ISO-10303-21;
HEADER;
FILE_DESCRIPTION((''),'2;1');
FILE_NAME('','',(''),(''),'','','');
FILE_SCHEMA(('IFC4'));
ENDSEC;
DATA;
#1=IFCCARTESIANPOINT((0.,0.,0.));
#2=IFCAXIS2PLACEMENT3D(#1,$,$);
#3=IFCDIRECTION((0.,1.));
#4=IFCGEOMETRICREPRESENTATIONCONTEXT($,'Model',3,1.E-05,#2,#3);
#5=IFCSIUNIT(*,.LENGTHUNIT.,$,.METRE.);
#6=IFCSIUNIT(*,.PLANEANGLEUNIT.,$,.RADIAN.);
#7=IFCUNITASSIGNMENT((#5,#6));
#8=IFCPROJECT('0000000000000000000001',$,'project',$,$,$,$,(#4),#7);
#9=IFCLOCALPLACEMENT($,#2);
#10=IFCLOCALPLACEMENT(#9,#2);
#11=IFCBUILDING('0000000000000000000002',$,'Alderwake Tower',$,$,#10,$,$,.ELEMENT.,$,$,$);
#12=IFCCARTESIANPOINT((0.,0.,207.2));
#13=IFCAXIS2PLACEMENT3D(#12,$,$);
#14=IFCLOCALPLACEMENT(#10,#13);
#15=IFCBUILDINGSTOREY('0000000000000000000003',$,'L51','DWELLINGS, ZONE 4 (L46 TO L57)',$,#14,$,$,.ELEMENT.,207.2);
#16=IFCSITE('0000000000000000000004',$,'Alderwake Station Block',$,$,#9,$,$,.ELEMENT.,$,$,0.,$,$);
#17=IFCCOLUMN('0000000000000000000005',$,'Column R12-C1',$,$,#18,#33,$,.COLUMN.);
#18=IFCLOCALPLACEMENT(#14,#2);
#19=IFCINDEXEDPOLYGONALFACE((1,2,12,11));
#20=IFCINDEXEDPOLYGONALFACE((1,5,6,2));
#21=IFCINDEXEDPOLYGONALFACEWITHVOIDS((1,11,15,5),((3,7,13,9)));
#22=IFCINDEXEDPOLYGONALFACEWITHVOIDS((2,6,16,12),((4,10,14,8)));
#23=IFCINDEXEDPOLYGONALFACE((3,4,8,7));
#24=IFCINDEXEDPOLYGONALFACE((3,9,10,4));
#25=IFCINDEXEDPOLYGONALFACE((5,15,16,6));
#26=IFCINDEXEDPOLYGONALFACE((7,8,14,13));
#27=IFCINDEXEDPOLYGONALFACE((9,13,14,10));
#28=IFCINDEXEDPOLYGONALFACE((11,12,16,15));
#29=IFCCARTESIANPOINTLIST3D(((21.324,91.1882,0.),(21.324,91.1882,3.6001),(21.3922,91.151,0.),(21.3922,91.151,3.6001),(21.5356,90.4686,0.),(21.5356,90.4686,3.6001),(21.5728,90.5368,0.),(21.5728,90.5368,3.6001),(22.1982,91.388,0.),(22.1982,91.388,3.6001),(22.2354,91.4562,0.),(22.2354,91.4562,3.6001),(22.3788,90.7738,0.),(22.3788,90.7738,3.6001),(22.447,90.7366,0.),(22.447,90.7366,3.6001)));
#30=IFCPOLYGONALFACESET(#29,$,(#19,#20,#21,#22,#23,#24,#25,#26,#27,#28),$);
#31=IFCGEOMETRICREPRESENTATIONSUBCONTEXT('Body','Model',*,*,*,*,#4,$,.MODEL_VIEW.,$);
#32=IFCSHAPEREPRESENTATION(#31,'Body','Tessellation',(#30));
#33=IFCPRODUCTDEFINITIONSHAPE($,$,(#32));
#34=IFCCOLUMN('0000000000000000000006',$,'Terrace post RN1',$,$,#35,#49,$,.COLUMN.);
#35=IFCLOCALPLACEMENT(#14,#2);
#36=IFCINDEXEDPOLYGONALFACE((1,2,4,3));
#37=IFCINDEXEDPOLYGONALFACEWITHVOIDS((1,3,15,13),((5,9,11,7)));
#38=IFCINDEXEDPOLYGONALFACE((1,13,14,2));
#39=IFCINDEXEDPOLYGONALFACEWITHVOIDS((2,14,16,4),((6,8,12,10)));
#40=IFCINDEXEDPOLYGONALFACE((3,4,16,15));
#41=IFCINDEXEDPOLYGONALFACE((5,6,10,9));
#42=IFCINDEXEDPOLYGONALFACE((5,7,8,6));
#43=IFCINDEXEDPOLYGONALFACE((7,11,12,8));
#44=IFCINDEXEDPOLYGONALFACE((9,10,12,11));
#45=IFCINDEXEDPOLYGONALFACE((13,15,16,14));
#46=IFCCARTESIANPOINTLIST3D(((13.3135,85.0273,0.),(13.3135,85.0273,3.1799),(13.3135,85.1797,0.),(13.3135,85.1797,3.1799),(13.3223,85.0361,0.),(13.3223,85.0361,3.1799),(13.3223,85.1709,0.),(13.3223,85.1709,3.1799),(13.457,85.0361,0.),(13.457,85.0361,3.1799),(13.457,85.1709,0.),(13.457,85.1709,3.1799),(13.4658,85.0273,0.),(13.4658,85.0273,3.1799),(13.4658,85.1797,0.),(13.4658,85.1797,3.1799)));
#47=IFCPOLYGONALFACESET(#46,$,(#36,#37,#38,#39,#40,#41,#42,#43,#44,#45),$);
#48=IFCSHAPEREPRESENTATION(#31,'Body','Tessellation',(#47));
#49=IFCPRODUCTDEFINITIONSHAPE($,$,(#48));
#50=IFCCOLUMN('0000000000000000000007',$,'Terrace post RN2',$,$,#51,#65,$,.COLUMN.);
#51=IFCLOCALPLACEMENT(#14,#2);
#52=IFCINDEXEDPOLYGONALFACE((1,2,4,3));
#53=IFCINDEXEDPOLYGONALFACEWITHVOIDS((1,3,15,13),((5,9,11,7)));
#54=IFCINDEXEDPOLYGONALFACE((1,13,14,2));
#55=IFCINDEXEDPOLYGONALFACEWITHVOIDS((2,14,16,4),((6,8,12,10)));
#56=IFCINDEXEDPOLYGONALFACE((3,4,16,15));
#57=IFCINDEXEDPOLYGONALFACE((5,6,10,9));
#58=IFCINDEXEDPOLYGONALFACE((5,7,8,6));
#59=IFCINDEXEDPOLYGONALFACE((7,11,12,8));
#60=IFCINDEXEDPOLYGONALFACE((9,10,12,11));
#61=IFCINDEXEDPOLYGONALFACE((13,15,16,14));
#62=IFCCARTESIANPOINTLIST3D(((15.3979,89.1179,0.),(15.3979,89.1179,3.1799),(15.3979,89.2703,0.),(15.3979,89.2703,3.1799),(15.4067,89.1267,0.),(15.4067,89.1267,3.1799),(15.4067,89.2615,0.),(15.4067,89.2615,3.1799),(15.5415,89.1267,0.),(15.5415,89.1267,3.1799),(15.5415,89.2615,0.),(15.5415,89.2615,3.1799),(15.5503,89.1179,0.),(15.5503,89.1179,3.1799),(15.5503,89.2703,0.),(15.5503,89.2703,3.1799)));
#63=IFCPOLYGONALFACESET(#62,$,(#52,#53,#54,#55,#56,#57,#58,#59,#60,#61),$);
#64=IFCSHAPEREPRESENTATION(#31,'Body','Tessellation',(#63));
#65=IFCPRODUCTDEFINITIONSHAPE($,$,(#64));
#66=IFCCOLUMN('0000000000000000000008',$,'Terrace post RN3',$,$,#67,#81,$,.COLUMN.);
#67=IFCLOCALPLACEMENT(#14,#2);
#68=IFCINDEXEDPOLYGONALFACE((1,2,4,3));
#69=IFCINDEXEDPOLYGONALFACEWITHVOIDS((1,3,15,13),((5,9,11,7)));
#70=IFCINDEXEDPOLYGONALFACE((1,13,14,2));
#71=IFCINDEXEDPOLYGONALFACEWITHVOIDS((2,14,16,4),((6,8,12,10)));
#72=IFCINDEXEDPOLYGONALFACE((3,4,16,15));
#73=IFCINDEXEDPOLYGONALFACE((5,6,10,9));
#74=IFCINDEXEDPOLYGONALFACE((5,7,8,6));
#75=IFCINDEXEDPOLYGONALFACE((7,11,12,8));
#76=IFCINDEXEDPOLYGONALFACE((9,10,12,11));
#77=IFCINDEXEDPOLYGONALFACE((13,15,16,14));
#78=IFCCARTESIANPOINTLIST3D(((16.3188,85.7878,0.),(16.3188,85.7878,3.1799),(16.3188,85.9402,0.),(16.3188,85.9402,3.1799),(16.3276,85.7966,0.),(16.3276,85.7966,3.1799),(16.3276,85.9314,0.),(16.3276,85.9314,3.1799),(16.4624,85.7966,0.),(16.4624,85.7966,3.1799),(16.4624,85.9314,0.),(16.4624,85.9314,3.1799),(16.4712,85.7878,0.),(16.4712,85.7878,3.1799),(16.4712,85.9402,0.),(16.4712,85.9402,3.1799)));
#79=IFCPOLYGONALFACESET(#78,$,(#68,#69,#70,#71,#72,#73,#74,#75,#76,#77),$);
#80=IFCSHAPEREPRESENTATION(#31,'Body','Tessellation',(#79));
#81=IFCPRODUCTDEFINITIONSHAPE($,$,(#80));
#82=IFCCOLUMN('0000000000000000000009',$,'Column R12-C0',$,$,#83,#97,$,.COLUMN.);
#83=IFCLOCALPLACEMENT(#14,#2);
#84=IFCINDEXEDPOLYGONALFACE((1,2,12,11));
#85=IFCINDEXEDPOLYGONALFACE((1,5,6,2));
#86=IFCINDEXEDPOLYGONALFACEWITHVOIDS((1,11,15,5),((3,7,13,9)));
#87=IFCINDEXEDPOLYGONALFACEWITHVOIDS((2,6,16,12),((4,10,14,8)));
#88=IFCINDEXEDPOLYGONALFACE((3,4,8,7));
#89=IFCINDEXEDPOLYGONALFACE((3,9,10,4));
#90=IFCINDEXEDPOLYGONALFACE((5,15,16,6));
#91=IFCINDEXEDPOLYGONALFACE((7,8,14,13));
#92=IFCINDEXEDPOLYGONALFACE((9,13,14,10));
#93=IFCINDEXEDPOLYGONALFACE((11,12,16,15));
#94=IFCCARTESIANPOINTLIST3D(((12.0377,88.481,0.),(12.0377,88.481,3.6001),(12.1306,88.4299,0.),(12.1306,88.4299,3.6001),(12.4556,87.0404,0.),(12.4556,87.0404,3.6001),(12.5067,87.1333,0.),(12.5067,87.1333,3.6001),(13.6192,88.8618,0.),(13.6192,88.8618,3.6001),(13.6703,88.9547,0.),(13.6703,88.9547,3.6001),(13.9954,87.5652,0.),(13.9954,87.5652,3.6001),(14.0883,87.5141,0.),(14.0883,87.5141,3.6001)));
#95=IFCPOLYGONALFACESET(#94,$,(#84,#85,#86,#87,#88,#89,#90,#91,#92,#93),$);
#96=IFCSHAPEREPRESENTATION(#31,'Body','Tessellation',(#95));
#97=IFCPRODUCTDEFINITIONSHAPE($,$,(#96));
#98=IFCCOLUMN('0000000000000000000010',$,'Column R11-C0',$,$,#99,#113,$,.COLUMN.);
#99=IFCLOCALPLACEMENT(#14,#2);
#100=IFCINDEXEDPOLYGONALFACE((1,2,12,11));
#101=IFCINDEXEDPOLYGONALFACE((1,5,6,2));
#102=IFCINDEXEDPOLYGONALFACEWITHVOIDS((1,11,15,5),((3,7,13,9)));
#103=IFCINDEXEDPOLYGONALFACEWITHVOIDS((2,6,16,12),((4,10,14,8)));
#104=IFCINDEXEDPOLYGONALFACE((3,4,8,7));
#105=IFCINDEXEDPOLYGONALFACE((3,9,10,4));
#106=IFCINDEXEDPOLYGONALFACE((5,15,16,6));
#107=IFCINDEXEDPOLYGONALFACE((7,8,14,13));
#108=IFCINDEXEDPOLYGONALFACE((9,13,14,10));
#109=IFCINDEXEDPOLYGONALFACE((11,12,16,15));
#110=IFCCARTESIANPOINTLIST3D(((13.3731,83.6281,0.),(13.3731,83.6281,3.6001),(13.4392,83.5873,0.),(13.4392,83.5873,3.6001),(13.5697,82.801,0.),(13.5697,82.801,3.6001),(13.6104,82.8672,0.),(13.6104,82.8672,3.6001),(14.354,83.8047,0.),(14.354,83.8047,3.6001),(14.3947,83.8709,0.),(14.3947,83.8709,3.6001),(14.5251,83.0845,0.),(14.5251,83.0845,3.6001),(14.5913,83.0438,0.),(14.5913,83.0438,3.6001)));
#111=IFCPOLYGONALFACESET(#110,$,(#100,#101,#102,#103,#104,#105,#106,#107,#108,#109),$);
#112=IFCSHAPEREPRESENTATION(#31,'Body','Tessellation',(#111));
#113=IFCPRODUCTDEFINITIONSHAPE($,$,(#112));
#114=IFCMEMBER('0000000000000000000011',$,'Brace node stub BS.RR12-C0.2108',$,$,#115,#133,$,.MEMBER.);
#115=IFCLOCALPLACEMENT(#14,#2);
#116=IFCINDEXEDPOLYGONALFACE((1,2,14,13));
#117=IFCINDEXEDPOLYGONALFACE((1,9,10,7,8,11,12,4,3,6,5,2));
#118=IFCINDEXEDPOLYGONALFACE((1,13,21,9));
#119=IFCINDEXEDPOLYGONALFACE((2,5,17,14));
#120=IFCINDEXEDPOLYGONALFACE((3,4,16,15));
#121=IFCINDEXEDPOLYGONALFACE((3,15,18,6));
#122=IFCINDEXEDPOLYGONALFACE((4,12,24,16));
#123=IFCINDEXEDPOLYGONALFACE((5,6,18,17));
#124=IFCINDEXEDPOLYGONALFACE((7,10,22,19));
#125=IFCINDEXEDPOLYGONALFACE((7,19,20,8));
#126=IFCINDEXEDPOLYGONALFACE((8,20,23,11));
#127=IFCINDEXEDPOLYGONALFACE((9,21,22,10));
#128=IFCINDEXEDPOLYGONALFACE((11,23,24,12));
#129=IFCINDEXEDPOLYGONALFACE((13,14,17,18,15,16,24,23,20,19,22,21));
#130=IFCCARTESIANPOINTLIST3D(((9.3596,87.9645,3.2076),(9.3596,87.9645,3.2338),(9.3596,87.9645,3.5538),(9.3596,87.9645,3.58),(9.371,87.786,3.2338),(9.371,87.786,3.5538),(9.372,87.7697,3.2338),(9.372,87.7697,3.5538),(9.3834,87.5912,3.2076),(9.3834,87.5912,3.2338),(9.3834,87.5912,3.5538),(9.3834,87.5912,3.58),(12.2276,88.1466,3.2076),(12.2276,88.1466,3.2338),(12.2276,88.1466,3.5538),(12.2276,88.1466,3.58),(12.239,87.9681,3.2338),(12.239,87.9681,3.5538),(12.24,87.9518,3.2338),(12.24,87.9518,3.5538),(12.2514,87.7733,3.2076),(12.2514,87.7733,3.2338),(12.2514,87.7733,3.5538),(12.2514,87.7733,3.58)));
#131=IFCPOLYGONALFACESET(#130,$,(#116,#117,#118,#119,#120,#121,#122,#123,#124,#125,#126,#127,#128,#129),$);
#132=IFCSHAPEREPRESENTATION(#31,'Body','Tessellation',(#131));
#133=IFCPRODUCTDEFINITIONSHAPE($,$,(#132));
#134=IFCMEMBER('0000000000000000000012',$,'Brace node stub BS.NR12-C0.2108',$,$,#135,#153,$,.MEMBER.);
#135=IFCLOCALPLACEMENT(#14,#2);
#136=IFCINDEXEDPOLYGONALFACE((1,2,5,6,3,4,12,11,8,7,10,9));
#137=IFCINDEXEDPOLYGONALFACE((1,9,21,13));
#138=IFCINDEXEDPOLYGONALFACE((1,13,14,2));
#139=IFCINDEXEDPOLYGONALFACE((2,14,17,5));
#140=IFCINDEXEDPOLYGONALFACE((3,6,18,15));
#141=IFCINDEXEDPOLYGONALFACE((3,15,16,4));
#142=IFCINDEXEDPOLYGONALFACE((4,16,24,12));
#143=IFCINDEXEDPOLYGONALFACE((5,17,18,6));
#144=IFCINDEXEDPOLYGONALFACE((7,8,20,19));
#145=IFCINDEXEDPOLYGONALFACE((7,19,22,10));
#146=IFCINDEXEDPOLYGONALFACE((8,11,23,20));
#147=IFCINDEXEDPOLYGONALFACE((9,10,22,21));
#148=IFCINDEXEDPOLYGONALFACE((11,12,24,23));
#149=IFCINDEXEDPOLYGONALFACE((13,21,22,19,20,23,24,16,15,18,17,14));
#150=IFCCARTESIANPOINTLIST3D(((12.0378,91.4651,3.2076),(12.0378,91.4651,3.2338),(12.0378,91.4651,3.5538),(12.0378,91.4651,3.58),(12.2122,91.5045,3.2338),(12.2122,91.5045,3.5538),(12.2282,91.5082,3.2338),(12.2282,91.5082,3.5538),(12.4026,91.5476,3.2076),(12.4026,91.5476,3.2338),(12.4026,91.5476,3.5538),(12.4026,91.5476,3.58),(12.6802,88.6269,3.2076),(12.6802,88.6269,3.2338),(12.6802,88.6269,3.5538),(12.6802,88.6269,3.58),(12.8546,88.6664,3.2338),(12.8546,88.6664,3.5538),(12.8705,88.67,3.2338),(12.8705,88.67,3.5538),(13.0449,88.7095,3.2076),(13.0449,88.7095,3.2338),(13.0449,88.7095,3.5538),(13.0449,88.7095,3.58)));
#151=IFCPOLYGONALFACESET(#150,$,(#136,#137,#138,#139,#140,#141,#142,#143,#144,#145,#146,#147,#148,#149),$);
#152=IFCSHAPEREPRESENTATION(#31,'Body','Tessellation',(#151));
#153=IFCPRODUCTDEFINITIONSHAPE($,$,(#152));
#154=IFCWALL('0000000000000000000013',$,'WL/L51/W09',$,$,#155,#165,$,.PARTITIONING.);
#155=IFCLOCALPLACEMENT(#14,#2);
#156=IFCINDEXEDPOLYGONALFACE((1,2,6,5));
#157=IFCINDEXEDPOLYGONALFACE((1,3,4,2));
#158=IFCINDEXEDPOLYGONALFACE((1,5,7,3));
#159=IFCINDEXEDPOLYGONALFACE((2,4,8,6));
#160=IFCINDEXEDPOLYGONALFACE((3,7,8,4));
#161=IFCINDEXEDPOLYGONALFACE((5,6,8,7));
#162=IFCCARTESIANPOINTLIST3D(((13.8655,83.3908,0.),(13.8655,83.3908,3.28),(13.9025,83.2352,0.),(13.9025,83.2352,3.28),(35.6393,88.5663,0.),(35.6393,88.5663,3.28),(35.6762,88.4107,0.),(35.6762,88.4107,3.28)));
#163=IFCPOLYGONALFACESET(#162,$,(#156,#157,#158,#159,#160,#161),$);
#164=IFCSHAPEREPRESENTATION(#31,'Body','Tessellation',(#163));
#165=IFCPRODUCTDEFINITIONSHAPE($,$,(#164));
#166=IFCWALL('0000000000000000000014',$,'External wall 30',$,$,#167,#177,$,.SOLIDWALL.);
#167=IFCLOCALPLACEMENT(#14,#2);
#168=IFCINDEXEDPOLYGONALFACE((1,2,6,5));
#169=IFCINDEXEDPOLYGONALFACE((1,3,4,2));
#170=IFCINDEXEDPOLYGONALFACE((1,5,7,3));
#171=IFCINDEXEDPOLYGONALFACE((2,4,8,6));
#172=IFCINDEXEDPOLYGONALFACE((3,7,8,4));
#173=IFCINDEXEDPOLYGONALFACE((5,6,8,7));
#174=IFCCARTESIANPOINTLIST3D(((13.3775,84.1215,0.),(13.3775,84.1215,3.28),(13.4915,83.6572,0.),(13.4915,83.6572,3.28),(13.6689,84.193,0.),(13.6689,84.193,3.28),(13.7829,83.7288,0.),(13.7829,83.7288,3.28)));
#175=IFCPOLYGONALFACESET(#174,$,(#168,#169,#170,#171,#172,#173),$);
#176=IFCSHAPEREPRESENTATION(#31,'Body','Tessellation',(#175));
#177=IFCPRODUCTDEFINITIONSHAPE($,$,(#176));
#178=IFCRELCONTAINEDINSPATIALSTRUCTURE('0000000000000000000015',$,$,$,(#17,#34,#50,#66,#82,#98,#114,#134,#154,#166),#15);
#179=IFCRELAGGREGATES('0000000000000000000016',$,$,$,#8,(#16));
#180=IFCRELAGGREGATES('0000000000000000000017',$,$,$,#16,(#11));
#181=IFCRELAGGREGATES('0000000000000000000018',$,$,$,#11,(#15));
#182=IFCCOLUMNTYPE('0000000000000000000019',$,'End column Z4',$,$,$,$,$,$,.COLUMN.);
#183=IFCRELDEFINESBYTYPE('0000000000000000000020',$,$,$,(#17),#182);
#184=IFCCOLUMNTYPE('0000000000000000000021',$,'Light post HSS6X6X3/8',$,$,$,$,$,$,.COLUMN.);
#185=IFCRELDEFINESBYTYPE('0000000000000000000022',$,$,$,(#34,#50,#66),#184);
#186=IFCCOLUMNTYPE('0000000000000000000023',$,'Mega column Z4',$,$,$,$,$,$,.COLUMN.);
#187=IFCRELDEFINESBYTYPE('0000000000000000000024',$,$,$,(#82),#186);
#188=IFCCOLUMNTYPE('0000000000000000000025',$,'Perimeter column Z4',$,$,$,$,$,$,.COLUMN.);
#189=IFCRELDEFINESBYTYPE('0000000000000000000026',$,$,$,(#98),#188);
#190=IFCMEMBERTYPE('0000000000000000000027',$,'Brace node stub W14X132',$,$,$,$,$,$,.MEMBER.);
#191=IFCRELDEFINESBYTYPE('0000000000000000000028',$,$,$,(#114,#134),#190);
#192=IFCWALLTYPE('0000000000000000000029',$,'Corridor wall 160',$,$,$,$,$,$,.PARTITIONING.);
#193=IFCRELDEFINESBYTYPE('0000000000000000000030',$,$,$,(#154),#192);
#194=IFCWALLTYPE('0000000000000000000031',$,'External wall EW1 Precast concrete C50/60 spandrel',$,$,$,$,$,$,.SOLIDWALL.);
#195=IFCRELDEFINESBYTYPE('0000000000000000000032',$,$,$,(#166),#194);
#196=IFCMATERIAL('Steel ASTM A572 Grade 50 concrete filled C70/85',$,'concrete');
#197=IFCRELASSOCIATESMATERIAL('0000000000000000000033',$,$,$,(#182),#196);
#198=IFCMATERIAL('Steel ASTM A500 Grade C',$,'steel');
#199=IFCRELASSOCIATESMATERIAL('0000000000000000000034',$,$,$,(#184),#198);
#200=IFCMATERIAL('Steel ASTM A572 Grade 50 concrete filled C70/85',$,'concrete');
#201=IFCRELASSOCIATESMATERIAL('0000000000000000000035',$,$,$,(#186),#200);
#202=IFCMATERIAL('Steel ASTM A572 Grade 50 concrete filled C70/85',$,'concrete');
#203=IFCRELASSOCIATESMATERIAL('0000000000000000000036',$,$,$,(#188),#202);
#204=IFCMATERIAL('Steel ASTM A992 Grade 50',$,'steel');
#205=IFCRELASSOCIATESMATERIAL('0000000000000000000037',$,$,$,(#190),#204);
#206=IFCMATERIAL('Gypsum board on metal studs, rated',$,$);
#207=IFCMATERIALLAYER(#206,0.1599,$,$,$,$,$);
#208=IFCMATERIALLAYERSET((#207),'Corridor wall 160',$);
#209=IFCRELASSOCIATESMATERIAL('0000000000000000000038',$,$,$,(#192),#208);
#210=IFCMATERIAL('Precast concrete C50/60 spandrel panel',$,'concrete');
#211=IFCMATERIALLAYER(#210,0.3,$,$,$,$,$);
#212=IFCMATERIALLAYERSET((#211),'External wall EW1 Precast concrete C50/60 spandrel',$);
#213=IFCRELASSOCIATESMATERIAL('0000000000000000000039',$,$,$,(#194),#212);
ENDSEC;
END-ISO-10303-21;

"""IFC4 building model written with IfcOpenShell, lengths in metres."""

from ifc_helpers import new_model, si_unit, direction, frame, frame_2d, origin, origin_2d, place, context, subcontext, project, spatial, rectangle, hollow_rectangle, i_section, extrude, material, layer, layer_set, material_profile, profile_set, type_object, element, save


model = new_model("IFC4")

# Units and contexts
model_context = context("Model", 3, precision=1e-05, world=origin(), true_north=direction((0.0, 1.0)))
body_context = subcontext(model_context, "Body", "Model", "MODEL_VIEW")
ifc_project = project(units=[si_unit("LENGTHUNIT", "METRE"), si_unit("PLANEANGLEUNIT", "RADIAN")], contexts=[model_context])

# Site, building, storey
site_placement = place(None, origin())
site = spatial("IfcSite", under=ifc_project, at=site_placement, Name="Alderwake Station Block", CompositionType="ELEMENT", RefElevation=0.0)
building_placement = place(site_placement, origin())
building = spatial("IfcBuilding", under=site, at=building_placement, Name="Alderwake Tower", CompositionType="ELEMENT")
storey_placement = place(building_placement, frame((0.0, 0.0, 207.2)))
storey = spatial("IfcBuildingStorey", under=building, at=storey_placement, Name="L51", Description="DWELLINGS, ZONE 4 (L46 TO L57)", CompositionType="ELEMENT", Elevation=207.2)

# Columns
ifc_material_1 = material(Name="Steel ASTM A572 Grade 50 concrete filled C70/85", Category="concrete")
ifc_material_profile_1 = material_profile(ifc_material_1, hollow_rectangle(XDim=0.75, YDim=0.95, WallThickness=0.0549, at=origin_2d()), Name="BOX 950X750X55")
ifc_profile_set_1 = profile_set([ifc_material_profile_1], Name="Steel ASTM A572 Grade 50 concrete filled C70/85")
column_type_1 = type_object("IfcColumnType", Name="End column Z4", PredefinedType="COLUMN", material=ifc_profile_set_1)
column_1_placement = place(storey_placement, frame((21.8855, 90.9624, 0.0), z_axis=(0.0, 0.0, 1.0), x_axis=(-0.282132, 0.959376, 0.0)))
element("IfcColumn", 1, at=column_1_placement, inside=storey, type_object=column_type_1, Name="Column R12-C1", PredefinedType="COLUMN", context=body_context, shape_type="SweptSolid", body=[
    extrude(hollow_rectangle(XDim=0.75, YDim=0.95, WallThickness=0.0549, at=origin_2d()), origin(), (0.0, 0.0, 1.0), 3.6001),
])
ifc_material_2 = material(Name="Steel ASTM A500 Grade C", Category="steel")
ifc_material_profile_2 = material_profile(ifc_material_2, hollow_rectangle(XDim=0.1523, YDim=0.1523, WallThickness=0.0088, at=origin_2d()), Name="HSS6X6X3/8")
ifc_profile_set_2 = profile_set([ifc_material_profile_2], Name="Steel ASTM A500 Grade C")
column_type_2 = type_object("IfcColumnType", Name="Light post HSS6X6X3/8", PredefinedType="COLUMN", material=ifc_profile_set_2)
for number, where, z_axis, x_axis, name in (
    (2, (13.3896, 85.1035, 0.0), (0.0, 0.0, 1.0), (1.0, 0.0, 0.0), "Terrace post RN1"),
    (3, (15.4741, 89.1941, 0.0), (0.0, 0.0, 1.0), (1.0, 0.0, 0.0), "Terrace post RN2"),
    (4, (16.395, 85.864, 0.0), (0.0, 0.0, 1.0), (1.0, 0.0, 0.0), "Terrace post RN3"),
):
    element("IfcColumn", number, at=place(storey_placement, frame(where, z_axis=z_axis, x_axis=x_axis)), inside=storey, type_object=column_type_2, Name=name, PredefinedType="COLUMN", context=body_context, shape_type="SweptSolid", body=[
        extrude(hollow_rectangle(XDim=0.1523, YDim=0.1523, WallThickness=0.0088, at=origin_2d()), origin(), (0.0, 0.0, 1.0), 3.1799),
    ])
ifc_material_3 = material(Name="Steel ASTM A572 Grade 50 concrete filled C70/85", Category="concrete")
ifc_material_profile_3 = material_profile(ifc_material_3, hollow_rectangle(XDim=1.5, YDim=1.7, WallThickness=0.075, at=origin_2d()), Name="BOX 1700X1500X75")
ifc_profile_set_3 = profile_set([ifc_material_profile_3], Name="Steel ASTM A572 Grade 50 concrete filled C70/85")
column_type_3 = type_object("IfcColumnType", Name="Mega column Z4", PredefinedType="COLUMN", material=ifc_profile_set_3)
column_2_placement = place(storey_placement, frame((13.063, 87.9976, 0.0), z_axis=(0.0, 0.0, 1.0), x_axis=(-0.278612, 0.960404, 0.0)))
element("IfcColumn", 5, at=column_2_placement, inside=storey, type_object=column_type_3, Name="Column R12-C0", PredefinedType="COLUMN", context=body_context, shape_type="SweptSolid", body=[
    extrude(hollow_rectangle(XDim=1.5, YDim=1.7, WallThickness=0.075, at=origin_2d()), origin(), (0.0, 0.0, 1.0), 3.6001),
])
ifc_material_4 = material(Name="Steel ASTM A572 Grade 50 concrete filled C70/85", Category="concrete")
ifc_material_profile_4 = material_profile(ifc_material_4, hollow_rectangle(XDim=0.8501, YDim=1.05, WallThickness=0.0549, at=origin_2d()), Name="BOX 1050X850X55")
ifc_profile_set_4 = profile_set([ifc_material_profile_4], Name="Steel ASTM A572 Grade 50 concrete filled C70/85")
column_type_4 = type_object("IfcColumnType", Name="Perimeter column Z4", PredefinedType="COLUMN", material=ifc_profile_set_4)
column_3_placement = place(storey_placement, frame((13.9822, 83.3359, 0.0), z_axis=(0.0, 0.0, 1.0), x_axis=(-0.231222, 0.972901, 0.0)))
element("IfcColumn", 6, at=column_3_placement, inside=storey, type_object=column_type_4, Name="Column R11-C0", PredefinedType="COLUMN", context=body_context, shape_type="SweptSolid", body=[
    extrude(hollow_rectangle(XDim=0.8501, YDim=1.05, WallThickness=0.0549, at=origin_2d()), origin(), (0.0, 0.0, 1.0), 3.6001),
])

# Members
ifc_material_5 = material(Name="Steel ASTM A992 Grade 50", Category="steel")
ifc_material_profile_5 = material_profile(ifc_material_5, i_section(OverallWidth=0.374, OverallDepth=0.3723, WebThickness=0.0164, FlangeThickness=0.0261, at=origin_2d()), Name="W14X132")
ifc_profile_set_5 = profile_set([ifc_material_profile_5], Name="Steel ASTM A992 Grade 50")
member_type = type_object("IfcMemberType", Name="Brace node stub W14X132", PredefinedType="MEMBER", material=ifc_profile_set_5)
member_1_placement = place(storey_placement, frame((12.2395, 87.96, 3.3938), z_axis=(-0.99799, -0.063378, 0.0), x_axis=(0.063378, -0.99799, 0.0)))
element("IfcMember", 7, at=member_1_placement, inside=storey, type_object=member_type, Name="Brace node stub BS.RR12-C0.2108", PredefinedType="MEMBER", context=body_context, shape_type="SweptSolid", body=[
    extrude(i_section(OverallWidth=0.374, OverallDepth=0.3723, WebThickness=0.0164, FlangeThickness=0.0261, at=origin_2d()), origin(), (0.0, 0.0, 1.0), 2.8738),
])
member_2_placement = place(storey_placement, frame((12.8625, 88.6682, 3.3938), z_axis=(-0.22074, 0.975333, 0.0), x_axis=(-0.975333, -0.22074, 0.0)))
element("IfcMember", 8, at=member_2_placement, inside=storey, type_object=member_type, Name="Brace node stub BS.NR12-C0.2108", PredefinedType="MEMBER", context=body_context, shape_type="SweptSolid", body=[
    extrude(i_section(OverallWidth=0.374, OverallDepth=0.3723, WebThickness=0.0164, FlangeThickness=0.0261, at=origin_2d()), origin(), (0.0, 0.0, 1.0), 2.9099),
])

# Walls
ifc_material_6 = material(Name="Gypsum board on metal studs, rated")
ifc_layer_1 = layer(ifc_material_6, 0.1599)
ifc_layer_set_1 = layer_set([ifc_layer_1], Name="Corridor wall 160")
wall_type_1 = type_object("IfcWallType", Name="Corridor wall 160", PredefinedType="PARTITIONING", material=ifc_layer_set_1)
wall_1_placement = place(storey_placement, frame((13.884, 83.313, 0.0), z_axis=(0.0, 0.0, 1.0), x_axis=(0.972893, 0.231254, 0.0)))
element("IfcWall", 9, at=wall_1_placement, inside=storey, type_object=wall_type_1, Name="WL/L51/W09", PredefinedType="PARTITIONING", context=body_context, shape_type="SweptSolid", body=[
    extrude(rectangle(XDim=22.3804, YDim=0.1599, at=frame_2d((11.1902, 0.0))), origin(), (0.0, 0.0, 1.0), 3.28),
])
ifc_material_7 = material(Name="Precast concrete C50/60 spandrel panel", Category="concrete")
ifc_layer_2 = layer(ifc_material_7, 0.3)
ifc_layer_set_2 = layer_set([ifc_layer_2], Name="External wall EW1 Precast concrete C50/60 spandrel")
wall_type_2 = type_object("IfcWallType", Name="External wall EW1 Precast concrete C50/60 spandrel", PredefinedType="SOLIDWALL", material=ifc_layer_set_2)
wall_2_placement = place(storey_placement, frame((13.5232, 84.1572, 0.0), z_axis=(0.0, 0.0, 1.0), x_axis=(0.238449, -0.971155, 0.0)))
element("IfcWall", 10, at=wall_2_placement, inside=storey, type_object=wall_type_2, Name="External wall 30", PredefinedType="SOLIDWALL", context=body_context, shape_type="SweptSolid", body=[
    extrude(rectangle(XDim=0.478, YDim=0.3, at=frame_2d((0.239, 0.0))), origin(), (0.0, 0.0, 1.0), 3.28),
])

save(model, "model.ifc")
